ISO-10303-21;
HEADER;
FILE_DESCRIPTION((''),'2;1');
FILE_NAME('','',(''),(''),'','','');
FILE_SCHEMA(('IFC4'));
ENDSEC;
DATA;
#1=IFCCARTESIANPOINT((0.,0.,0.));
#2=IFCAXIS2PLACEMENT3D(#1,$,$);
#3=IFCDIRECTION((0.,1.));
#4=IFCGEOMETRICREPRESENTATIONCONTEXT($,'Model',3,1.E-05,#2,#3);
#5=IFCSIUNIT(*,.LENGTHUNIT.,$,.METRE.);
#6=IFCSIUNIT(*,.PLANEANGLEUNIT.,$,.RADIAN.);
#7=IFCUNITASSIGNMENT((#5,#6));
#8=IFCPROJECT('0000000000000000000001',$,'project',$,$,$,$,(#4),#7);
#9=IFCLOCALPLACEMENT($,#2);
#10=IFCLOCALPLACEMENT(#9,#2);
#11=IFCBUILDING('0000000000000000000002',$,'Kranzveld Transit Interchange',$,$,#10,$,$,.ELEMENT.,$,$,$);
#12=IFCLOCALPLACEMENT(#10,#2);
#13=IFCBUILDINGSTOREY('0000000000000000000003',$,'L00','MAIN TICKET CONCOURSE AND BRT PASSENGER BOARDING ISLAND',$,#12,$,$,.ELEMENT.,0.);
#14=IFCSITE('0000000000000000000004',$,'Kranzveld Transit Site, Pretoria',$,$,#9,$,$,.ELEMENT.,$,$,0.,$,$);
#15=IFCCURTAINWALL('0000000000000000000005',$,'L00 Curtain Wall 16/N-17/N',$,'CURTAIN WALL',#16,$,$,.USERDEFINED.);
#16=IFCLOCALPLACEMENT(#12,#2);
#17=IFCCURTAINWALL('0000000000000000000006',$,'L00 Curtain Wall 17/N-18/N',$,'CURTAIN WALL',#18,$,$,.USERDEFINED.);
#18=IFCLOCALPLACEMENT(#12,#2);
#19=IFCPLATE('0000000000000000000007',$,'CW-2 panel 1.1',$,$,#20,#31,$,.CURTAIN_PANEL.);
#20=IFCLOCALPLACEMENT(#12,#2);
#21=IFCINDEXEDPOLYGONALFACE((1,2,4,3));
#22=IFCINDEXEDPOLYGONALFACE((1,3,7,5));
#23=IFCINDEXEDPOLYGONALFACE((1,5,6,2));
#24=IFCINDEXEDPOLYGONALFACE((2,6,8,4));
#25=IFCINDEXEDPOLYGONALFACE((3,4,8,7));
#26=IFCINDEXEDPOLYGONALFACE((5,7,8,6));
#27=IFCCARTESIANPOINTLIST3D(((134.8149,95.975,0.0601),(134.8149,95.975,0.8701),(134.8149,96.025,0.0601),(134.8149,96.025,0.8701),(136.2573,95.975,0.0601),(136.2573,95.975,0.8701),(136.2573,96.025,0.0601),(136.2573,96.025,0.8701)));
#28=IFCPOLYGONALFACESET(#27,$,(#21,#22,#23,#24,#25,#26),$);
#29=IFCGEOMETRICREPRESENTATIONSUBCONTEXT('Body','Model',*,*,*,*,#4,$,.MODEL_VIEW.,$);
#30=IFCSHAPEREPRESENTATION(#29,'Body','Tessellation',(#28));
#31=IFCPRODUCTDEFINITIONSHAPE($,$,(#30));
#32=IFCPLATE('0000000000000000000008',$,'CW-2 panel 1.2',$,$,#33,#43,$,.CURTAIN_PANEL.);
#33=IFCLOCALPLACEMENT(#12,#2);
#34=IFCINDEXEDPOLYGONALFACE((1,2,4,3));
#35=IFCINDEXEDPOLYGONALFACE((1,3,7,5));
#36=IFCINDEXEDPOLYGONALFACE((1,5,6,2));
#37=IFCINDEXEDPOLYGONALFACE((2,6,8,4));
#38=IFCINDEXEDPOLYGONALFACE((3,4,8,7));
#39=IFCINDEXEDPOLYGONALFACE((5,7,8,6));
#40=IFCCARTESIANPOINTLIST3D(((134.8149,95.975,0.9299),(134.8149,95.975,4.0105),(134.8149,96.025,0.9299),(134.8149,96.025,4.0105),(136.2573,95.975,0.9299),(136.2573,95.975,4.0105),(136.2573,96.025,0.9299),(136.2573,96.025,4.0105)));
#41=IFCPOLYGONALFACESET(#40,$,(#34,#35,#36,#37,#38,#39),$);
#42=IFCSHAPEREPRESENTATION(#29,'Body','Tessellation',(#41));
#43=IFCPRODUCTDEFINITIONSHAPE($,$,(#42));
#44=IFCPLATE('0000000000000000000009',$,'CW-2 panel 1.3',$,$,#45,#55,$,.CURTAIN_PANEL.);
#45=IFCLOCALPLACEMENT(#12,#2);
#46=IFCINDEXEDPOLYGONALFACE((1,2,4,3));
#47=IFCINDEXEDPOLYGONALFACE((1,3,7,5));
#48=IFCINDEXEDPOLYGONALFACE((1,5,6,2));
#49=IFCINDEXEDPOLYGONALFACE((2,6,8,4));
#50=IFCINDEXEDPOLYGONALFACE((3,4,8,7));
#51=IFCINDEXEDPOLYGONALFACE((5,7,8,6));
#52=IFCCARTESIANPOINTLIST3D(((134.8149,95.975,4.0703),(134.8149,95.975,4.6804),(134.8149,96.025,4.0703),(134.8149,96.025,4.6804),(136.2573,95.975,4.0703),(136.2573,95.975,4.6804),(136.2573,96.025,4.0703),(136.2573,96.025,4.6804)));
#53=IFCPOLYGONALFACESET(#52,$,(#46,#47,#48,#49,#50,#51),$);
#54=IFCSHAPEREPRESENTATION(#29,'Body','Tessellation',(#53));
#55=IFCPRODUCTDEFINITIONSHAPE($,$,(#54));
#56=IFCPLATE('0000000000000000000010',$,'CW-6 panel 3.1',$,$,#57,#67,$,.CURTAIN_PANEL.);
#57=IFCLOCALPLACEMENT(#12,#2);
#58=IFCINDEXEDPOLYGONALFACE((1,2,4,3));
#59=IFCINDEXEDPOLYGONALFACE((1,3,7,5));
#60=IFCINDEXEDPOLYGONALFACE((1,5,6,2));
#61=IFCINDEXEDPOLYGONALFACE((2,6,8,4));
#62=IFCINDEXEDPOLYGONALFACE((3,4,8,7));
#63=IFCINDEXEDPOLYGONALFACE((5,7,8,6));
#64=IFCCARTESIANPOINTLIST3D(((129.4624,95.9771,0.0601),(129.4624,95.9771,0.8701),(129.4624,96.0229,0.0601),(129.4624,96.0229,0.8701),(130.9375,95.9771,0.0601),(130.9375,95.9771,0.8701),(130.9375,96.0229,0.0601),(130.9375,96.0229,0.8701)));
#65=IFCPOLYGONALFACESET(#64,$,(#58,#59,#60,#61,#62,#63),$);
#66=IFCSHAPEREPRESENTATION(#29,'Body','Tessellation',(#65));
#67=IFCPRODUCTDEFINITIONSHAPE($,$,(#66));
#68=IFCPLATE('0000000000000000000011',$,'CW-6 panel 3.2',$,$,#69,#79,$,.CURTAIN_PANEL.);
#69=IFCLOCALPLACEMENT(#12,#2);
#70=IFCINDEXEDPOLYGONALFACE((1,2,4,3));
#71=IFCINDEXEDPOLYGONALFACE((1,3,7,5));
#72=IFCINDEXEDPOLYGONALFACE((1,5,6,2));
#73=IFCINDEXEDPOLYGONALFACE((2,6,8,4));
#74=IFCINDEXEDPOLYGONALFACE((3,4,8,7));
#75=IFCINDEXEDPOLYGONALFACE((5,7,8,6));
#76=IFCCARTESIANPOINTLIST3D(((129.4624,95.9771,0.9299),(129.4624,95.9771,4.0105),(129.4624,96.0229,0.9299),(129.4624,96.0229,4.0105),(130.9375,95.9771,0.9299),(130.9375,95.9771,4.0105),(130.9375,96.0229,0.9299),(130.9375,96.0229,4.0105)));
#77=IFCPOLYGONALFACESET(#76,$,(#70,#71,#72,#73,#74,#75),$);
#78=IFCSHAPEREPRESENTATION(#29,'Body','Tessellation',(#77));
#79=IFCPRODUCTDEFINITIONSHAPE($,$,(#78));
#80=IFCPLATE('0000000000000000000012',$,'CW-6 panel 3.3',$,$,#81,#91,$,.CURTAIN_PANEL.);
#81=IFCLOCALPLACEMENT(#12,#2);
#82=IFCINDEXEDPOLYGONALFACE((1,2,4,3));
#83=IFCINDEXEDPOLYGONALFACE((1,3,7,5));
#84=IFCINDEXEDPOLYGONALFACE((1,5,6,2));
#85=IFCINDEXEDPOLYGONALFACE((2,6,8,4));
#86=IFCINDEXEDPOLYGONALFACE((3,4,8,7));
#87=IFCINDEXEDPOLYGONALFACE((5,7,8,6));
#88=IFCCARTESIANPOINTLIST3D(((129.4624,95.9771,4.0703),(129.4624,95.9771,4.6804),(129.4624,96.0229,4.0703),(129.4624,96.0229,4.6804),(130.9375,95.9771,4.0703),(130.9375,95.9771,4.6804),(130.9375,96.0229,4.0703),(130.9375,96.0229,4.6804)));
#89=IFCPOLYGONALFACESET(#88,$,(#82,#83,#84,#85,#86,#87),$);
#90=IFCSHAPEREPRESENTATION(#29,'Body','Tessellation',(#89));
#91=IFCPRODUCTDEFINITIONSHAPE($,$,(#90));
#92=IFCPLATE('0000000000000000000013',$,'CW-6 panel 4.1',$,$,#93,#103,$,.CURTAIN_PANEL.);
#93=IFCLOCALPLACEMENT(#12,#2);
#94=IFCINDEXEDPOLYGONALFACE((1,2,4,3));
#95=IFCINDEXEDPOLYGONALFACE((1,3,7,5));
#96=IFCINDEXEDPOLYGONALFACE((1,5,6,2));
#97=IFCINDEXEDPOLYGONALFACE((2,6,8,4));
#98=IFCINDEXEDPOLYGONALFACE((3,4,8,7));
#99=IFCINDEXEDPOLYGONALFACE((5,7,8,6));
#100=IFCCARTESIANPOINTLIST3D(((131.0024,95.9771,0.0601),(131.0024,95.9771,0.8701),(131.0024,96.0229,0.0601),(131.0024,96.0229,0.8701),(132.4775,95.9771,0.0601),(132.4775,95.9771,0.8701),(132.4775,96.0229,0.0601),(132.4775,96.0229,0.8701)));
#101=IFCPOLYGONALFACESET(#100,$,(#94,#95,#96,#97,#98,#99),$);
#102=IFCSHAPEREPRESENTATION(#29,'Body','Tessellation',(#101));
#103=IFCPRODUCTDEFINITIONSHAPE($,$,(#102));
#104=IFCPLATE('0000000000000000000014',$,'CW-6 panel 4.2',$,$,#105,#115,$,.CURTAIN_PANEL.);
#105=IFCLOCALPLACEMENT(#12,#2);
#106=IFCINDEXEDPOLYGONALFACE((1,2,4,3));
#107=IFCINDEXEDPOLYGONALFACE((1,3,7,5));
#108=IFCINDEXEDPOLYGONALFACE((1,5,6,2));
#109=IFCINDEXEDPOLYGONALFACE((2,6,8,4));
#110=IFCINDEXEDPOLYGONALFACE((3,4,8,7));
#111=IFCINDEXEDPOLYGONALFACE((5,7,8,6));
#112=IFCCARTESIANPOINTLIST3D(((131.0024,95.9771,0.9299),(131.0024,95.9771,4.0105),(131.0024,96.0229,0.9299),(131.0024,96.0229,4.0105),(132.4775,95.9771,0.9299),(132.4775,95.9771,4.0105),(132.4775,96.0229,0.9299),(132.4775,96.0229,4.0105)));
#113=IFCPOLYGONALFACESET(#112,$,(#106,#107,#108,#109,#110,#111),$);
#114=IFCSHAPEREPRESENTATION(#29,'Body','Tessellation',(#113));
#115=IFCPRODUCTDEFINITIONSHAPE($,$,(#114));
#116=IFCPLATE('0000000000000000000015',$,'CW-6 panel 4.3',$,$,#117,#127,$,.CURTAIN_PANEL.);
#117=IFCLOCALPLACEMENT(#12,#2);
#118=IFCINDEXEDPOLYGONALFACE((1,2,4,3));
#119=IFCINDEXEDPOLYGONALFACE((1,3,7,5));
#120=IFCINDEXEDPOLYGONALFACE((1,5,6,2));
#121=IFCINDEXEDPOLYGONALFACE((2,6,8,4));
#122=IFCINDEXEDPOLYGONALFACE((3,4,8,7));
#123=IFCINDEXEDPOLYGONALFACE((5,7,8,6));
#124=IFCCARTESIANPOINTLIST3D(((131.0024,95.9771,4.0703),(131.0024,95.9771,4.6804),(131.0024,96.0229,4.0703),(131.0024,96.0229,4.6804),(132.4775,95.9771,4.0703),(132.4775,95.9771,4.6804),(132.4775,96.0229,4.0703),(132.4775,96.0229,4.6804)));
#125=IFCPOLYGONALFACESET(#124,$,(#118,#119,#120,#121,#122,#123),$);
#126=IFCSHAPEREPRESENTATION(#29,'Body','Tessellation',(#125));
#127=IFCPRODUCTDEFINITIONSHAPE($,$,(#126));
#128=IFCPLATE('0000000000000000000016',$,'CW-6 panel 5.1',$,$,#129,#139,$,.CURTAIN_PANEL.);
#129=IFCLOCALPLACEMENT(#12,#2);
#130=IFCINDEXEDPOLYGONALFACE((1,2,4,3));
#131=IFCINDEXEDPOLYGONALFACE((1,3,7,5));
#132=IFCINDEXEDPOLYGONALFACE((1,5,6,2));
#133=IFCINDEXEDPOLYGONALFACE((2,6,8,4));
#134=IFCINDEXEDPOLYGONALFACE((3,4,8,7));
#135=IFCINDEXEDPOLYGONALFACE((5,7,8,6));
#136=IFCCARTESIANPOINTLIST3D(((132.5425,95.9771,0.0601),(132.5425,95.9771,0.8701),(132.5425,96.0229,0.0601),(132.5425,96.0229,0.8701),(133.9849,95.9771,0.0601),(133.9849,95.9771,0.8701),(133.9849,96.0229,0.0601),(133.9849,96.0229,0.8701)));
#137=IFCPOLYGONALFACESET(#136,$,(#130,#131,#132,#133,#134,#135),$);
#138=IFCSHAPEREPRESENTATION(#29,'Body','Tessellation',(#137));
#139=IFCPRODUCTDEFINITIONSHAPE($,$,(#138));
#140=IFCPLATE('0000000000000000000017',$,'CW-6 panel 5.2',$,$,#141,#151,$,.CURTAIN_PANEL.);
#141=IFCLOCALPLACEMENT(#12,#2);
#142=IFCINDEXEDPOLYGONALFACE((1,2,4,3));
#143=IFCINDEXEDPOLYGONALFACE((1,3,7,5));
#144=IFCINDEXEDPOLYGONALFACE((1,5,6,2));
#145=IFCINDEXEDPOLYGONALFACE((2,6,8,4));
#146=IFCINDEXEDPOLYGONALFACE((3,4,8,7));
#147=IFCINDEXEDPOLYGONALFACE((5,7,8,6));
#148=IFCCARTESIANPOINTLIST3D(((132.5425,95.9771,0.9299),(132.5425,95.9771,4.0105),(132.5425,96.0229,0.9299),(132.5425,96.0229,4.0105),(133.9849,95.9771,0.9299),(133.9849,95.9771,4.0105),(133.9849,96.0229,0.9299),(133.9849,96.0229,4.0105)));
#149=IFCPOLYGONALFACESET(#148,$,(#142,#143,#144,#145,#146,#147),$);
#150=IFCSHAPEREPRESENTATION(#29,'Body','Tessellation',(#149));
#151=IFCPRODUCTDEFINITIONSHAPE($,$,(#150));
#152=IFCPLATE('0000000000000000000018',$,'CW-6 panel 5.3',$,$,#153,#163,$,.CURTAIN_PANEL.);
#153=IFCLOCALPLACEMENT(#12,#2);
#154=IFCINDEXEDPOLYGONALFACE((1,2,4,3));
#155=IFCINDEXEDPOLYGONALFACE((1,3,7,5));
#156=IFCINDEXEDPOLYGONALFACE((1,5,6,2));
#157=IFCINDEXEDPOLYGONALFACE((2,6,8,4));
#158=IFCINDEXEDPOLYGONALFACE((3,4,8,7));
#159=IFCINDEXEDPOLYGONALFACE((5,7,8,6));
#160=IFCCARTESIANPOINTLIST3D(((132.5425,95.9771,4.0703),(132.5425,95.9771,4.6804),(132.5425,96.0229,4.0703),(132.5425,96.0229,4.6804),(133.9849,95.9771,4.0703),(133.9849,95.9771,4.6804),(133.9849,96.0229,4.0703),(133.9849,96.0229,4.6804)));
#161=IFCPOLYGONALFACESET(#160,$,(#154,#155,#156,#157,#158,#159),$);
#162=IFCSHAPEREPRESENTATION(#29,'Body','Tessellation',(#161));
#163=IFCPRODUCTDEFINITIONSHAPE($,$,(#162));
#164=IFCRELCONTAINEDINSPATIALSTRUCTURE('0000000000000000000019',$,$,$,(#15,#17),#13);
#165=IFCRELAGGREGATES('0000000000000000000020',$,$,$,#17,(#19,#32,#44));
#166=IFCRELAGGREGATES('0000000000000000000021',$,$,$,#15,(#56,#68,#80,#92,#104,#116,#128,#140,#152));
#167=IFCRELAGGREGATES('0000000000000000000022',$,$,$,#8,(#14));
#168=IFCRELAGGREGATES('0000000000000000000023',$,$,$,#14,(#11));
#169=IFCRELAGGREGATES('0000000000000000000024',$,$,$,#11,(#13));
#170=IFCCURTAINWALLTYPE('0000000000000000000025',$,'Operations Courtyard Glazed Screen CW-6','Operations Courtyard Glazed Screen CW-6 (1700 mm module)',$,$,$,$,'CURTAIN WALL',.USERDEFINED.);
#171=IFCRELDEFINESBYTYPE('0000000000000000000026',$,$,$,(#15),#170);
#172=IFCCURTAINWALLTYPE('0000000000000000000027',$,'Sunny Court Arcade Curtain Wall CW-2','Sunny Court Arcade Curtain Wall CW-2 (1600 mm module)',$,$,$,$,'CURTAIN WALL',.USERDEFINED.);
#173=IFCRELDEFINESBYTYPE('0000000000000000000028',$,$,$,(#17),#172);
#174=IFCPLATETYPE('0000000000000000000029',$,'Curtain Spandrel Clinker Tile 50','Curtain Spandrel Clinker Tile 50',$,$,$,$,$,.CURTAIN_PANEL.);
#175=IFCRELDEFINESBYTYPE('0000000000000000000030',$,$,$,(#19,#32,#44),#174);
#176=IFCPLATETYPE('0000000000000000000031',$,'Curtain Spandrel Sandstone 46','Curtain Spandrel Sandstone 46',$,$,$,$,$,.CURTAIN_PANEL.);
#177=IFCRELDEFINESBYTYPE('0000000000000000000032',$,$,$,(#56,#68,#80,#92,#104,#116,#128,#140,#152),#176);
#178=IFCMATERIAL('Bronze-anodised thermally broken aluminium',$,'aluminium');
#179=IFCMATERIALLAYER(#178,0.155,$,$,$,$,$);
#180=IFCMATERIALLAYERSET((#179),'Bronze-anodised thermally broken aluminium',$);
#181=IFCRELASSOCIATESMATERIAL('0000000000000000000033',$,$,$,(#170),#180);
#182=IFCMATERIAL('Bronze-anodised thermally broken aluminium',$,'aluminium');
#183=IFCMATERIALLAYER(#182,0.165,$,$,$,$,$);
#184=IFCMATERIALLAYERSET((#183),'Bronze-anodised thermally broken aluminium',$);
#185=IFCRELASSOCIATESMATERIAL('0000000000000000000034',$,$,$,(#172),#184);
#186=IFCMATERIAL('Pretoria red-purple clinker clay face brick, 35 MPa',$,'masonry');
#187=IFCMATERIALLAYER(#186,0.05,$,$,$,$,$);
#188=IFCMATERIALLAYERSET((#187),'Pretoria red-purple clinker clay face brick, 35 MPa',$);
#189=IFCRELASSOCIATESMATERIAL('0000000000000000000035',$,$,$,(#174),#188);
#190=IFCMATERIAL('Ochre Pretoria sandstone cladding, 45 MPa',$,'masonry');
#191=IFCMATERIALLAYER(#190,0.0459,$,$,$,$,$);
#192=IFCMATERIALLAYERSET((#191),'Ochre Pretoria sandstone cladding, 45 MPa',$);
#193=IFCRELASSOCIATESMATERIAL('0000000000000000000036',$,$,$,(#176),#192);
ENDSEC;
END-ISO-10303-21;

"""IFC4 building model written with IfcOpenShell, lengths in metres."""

from ifc_helpers import new_model, si_unit, direction, frame, origin, origin_2d, place, context, subcontext, project, spatial, rectangle, extrude, material, layer, layer_set, type_object, element, aggregate, save


model = new_model("IFC4")

# Units and contexts
model_context = context("Model", 3, precision=1e-05, world=origin(), true_north=direction((0.0, 1.0)))
body_context = subcontext(model_context, "Body", "Model", "MODEL_VIEW")
ifc_project = project(units=[si_unit("LENGTHUNIT", "METRE"), si_unit("PLANEANGLEUNIT", "RADIAN")], contexts=[model_context])

# Site, building, storey
site_placement = place(None, origin())
site = spatial("IfcSite", under=ifc_project, at=site_placement, Name="Kranzveld Transit Site, Pretoria", CompositionType="ELEMENT", RefElevation=0.0)
building_placement = place(site_placement, origin())
building = spatial("IfcBuilding", under=site, at=building_placement, Name="Kranzveld Transit Interchange", CompositionType="ELEMENT")
storey_placement = place(building_placement, origin())
storey = spatial("IfcBuildingStorey", under=building, at=storey_placement, Name="L00", Description="MAIN TICKET CONCOURSE AND BRT PASSENGER BOARDING ISLAND", CompositionType="ELEMENT", Elevation=0.0)

# Curtain wall
ifc_material_1 = material(Name="Bronze-anodised thermally broken aluminium", Category="aluminium")
ifc_layer_1 = layer(ifc_material_1, 0.155)
ifc_layer_set_1 = layer_set([ifc_layer_1], Name="Bronze-anodised thermally broken aluminium")
curtain_wall_type_1 = type_object("IfcCurtainWallType", Name="Operations Courtyard Glazed Screen CW-6", Description="Operations Courtyard Glazed Screen CW-6 (1700 mm module)", ElementType="CURTAIN WALL", PredefinedType="USERDEFINED", material=ifc_layer_set_1)
curtain_wall_1_placement = place(storey_placement, origin())
curtain_wall_1 = element("IfcCurtainWall", 1, at=curtain_wall_1_placement, inside=storey, type_object=curtain_wall_type_1, Name="L00 Curtain Wall 16/N-17/N", ObjectType="CURTAIN WALL", PredefinedType="USERDEFINED")

# Curtain wall
ifc_material_2 = material(Name="Bronze-anodised thermally broken aluminium", Category="aluminium")
ifc_layer_2 = layer(ifc_material_2, 0.165)
ifc_layer_set_2 = layer_set([ifc_layer_2], Name="Bronze-anodised thermally broken aluminium")
curtain_wall_type_2 = type_object("IfcCurtainWallType", Name="Sunny Court Arcade Curtain Wall CW-2", Description="Sunny Court Arcade Curtain Wall CW-2 (1600 mm module)", ElementType="CURTAIN WALL", PredefinedType="USERDEFINED", material=ifc_layer_set_2)
curtain_wall_2_placement = place(storey_placement, origin())
curtain_wall_2 = element("IfcCurtainWall", 2, at=curtain_wall_2_placement, inside=storey, type_object=curtain_wall_type_2, Name="L00 Curtain Wall 17/N-18/N", ObjectType="CURTAIN WALL", PredefinedType="USERDEFINED")

# Plates
ifc_material_3 = material(Name="Pretoria red-purple clinker clay face brick, 35 MPa", Category="masonry")
ifc_layer_3 = layer(ifc_material_3, 0.05)
ifc_layer_set_3 = layer_set([ifc_layer_3], Name="Pretoria red-purple clinker clay face brick, 35 MPa")
plate_type_1 = type_object("IfcPlateType", Name="Curtain Spandrel Clinker Tile 50", Description="Curtain Spandrel Clinker Tile 50", PredefinedType="CURTAIN_PANEL", material=ifc_layer_set_3)
plate_1_placement = place(storey_placement, frame((135.5361, 96.0, 0.0601), z_axis=(0.0, 0.0, 1.0), x_axis=(1.0, 0.0, 0.0)))
plate_1 = element("IfcPlate", 3, at=plate_1_placement, type_object=plate_type_1, Name="CW-2 panel 1.1", PredefinedType="CURTAIN_PANEL", context=body_context, shape_type="SweptSolid", body=[
    extrude(rectangle(XDim=1.4424, YDim=0.05, at=origin_2d()), origin(), (0.0, 0.0, 1.0), 0.8101),
])
plate_2_placement = place(storey_placement, frame((135.5361, 96.0, 0.9299), z_axis=(0.0, 0.0, 1.0), x_axis=(1.0, 0.0, 0.0)))
plate_2 = element("IfcPlate", 4, at=plate_2_placement, type_object=plate_type_1, Name="CW-2 panel 1.2", PredefinedType="CURTAIN_PANEL", context=body_context, shape_type="SweptSolid", body=[
    extrude(rectangle(XDim=1.4424, YDim=0.05, at=origin_2d()), origin(), (0.0, 0.0, 1.0), 3.0806),
])
plate_3_placement = place(storey_placement, frame((135.5361, 96.0, 4.0703), z_axis=(0.0, 0.0, 1.0), x_axis=(1.0, 0.0, 0.0)))
plate_3 = element("IfcPlate", 5, at=plate_3_placement, type_object=plate_type_1, Name="CW-2 panel 1.3", PredefinedType="CURTAIN_PANEL", context=body_context, shape_type="SweptSolid", body=[
    extrude(rectangle(XDim=1.4424, YDim=0.05, at=origin_2d()), origin(), (0.0, 0.0, 1.0), 0.6101),
])
aggregate(curtain_wall_2, [plate_1, plate_2, plate_3])
ifc_material_4 = material(Name="Ochre Pretoria sandstone cladding, 45 MPa", Category="masonry")
ifc_layer_4 = layer(ifc_material_4, 0.0459)
ifc_layer_set_4 = layer_set([ifc_layer_4], Name="Ochre Pretoria sandstone cladding, 45 MPa")
plate_type_2 = type_object("IfcPlateType", Name="Curtain Spandrel Sandstone 46", Description="Curtain Spandrel Sandstone 46", PredefinedType="CURTAIN_PANEL", material=ifc_layer_set_4)
plate_4_placement = place(storey_placement, frame((130.2, 96.0, 0.0601), z_axis=(0.0, 0.0, 1.0), x_axis=(1.0, 0.0, 0.0)))
plate_4 = element("IfcPlate", 6, at=plate_4_placement, type_object=plate_type_2, Name="CW-6 panel 3.1", PredefinedType="CURTAIN_PANEL", context=body_context, shape_type="SweptSolid", body=[
    extrude(rectangle(XDim=1.4751, YDim=0.0459, at=origin_2d()), origin(), (0.0, 0.0, 1.0), 0.8101),
])
plate_5_placement = place(storey_placement, frame((130.2, 96.0, 0.9299), z_axis=(0.0, 0.0, 1.0), x_axis=(1.0, 0.0, 0.0)))
plate_5 = element("IfcPlate", 7, at=plate_5_placement, type_object=plate_type_2, Name="CW-6 panel 3.2", PredefinedType="CURTAIN_PANEL", context=body_context, shape_type="SweptSolid", body=[
    extrude(rectangle(XDim=1.4751, YDim=0.0459, at=origin_2d()), origin(), (0.0, 0.0, 1.0), 3.0806),
])
plate_6_placement = place(storey_placement, frame((130.2, 96.0, 4.0703), z_axis=(0.0, 0.0, 1.0), x_axis=(1.0, 0.0, 0.0)))
plate_6 = element("IfcPlate", 8, at=plate_6_placement, type_object=plate_type_2, Name="CW-6 panel 3.3", PredefinedType="CURTAIN_PANEL", context=body_context, shape_type="SweptSolid", body=[
    extrude(rectangle(XDim=1.4751, YDim=0.0459, at=origin_2d()), origin(), (0.0, 0.0, 1.0), 0.6101),
])
plate_7_placement = place(storey_placement, frame((131.74, 96.0, 0.0601), z_axis=(0.0, 0.0, 1.0), x_axis=(1.0, 0.0, 0.0)))
plate_7 = element("IfcPlate", 9, at=plate_7_placement, type_object=plate_type_2, Name="CW-6 panel 4.1", PredefinedType="CURTAIN_PANEL", context=body_context, shape_type="SweptSolid", body=[
    extrude(rectangle(XDim=1.4751, YDim=0.0459, at=origin_2d()), origin(), (0.0, 0.0, 1.0), 0.8101),
])
plate_8_placement = place(storey_placement, frame((131.74, 96.0, 0.9299), z_axis=(0.0, 0.0, 1.0), x_axis=(1.0, 0.0, 0.0)))
plate_8 = element("IfcPlate", 10, at=plate_8_placement, type_object=plate_type_2, Name="CW-6 panel 4.2", PredefinedType="CURTAIN_PANEL", context=body_context, shape_type="SweptSolid", body=[
    extrude(rectangle(XDim=1.4751, YDim=0.0459, at=origin_2d()), origin(), (0.0, 0.0, 1.0), 3.0806),
])
plate_9_placement = place(storey_placement, frame((131.74, 96.0, 4.0703), z_axis=(0.0, 0.0, 1.0), x_axis=(1.0, 0.0, 0.0)))
plate_9 = element("IfcPlate", 11, at=plate_9_placement, type_object=plate_type_2, Name="CW-6 panel 4.3", PredefinedType="CURTAIN_PANEL", context=body_context, shape_type="SweptSolid", body=[
    extrude(rectangle(XDim=1.4751, YDim=0.0459, at=origin_2d()), origin(), (0.0, 0.0, 1.0), 0.6101),
])
plate_10_placement = place(storey_placement, frame((133.2637, 96.0, 0.0601), z_axis=(0.0, 0.0, 1.0), x_axis=(1.0, 0.0, 0.0)))
plate_10 = element("IfcPlate", 12, at=plate_10_placement, type_object=plate_type_2, Name="CW-6 panel 5.1", PredefinedType="CURTAIN_PANEL", context=body_context, shape_type="SweptSolid", body=[
    extrude(rectangle(XDim=1.4424, YDim=0.0459, at=origin_2d()), origin(), (0.0, 0.0, 1.0), 0.8101),
])
plate_11_placement = place(storey_placement, frame((133.2637, 96.0, 0.9299), z_axis=(0.0, 0.0, 1.0), x_axis=(1.0, 0.0, 0.0)))
plate_11 = element("IfcPlate", 13, at=plate_11_placement, type_object=plate_type_2, Name="CW-6 panel 5.2", PredefinedType="CURTAIN_PANEL", context=body_context, shape_type="SweptSolid", body=[
    extrude(rectangle(XDim=1.4424, YDim=0.0459, at=origin_2d()), origin(), (0.0, 0.0, 1.0), 3.0806),
])
plate_12_placement = place(storey_placement, frame((133.2637, 96.0, 4.0703), z_axis=(0.0, 0.0, 1.0), x_axis=(1.0, 0.0, 0.0)))
plate_12 = element("IfcPlate", 14, at=plate_12_placement, type_object=plate_type_2, Name="CW-6 panel 5.3", PredefinedType="CURTAIN_PANEL", context=body_context, shape_type="SweptSolid", body=[
    extrude(rectangle(XDim=1.4424, YDim=0.0459, at=origin_2d()), origin(), (0.0, 0.0, 1.0), 0.6101),
])
aggregate(curtain_wall_1, [plate_4, plate_5, plate_6, plate_7, plate_8, plate_9, plate_10, plate_11, plate_12])

save(model, "model.ifc")
